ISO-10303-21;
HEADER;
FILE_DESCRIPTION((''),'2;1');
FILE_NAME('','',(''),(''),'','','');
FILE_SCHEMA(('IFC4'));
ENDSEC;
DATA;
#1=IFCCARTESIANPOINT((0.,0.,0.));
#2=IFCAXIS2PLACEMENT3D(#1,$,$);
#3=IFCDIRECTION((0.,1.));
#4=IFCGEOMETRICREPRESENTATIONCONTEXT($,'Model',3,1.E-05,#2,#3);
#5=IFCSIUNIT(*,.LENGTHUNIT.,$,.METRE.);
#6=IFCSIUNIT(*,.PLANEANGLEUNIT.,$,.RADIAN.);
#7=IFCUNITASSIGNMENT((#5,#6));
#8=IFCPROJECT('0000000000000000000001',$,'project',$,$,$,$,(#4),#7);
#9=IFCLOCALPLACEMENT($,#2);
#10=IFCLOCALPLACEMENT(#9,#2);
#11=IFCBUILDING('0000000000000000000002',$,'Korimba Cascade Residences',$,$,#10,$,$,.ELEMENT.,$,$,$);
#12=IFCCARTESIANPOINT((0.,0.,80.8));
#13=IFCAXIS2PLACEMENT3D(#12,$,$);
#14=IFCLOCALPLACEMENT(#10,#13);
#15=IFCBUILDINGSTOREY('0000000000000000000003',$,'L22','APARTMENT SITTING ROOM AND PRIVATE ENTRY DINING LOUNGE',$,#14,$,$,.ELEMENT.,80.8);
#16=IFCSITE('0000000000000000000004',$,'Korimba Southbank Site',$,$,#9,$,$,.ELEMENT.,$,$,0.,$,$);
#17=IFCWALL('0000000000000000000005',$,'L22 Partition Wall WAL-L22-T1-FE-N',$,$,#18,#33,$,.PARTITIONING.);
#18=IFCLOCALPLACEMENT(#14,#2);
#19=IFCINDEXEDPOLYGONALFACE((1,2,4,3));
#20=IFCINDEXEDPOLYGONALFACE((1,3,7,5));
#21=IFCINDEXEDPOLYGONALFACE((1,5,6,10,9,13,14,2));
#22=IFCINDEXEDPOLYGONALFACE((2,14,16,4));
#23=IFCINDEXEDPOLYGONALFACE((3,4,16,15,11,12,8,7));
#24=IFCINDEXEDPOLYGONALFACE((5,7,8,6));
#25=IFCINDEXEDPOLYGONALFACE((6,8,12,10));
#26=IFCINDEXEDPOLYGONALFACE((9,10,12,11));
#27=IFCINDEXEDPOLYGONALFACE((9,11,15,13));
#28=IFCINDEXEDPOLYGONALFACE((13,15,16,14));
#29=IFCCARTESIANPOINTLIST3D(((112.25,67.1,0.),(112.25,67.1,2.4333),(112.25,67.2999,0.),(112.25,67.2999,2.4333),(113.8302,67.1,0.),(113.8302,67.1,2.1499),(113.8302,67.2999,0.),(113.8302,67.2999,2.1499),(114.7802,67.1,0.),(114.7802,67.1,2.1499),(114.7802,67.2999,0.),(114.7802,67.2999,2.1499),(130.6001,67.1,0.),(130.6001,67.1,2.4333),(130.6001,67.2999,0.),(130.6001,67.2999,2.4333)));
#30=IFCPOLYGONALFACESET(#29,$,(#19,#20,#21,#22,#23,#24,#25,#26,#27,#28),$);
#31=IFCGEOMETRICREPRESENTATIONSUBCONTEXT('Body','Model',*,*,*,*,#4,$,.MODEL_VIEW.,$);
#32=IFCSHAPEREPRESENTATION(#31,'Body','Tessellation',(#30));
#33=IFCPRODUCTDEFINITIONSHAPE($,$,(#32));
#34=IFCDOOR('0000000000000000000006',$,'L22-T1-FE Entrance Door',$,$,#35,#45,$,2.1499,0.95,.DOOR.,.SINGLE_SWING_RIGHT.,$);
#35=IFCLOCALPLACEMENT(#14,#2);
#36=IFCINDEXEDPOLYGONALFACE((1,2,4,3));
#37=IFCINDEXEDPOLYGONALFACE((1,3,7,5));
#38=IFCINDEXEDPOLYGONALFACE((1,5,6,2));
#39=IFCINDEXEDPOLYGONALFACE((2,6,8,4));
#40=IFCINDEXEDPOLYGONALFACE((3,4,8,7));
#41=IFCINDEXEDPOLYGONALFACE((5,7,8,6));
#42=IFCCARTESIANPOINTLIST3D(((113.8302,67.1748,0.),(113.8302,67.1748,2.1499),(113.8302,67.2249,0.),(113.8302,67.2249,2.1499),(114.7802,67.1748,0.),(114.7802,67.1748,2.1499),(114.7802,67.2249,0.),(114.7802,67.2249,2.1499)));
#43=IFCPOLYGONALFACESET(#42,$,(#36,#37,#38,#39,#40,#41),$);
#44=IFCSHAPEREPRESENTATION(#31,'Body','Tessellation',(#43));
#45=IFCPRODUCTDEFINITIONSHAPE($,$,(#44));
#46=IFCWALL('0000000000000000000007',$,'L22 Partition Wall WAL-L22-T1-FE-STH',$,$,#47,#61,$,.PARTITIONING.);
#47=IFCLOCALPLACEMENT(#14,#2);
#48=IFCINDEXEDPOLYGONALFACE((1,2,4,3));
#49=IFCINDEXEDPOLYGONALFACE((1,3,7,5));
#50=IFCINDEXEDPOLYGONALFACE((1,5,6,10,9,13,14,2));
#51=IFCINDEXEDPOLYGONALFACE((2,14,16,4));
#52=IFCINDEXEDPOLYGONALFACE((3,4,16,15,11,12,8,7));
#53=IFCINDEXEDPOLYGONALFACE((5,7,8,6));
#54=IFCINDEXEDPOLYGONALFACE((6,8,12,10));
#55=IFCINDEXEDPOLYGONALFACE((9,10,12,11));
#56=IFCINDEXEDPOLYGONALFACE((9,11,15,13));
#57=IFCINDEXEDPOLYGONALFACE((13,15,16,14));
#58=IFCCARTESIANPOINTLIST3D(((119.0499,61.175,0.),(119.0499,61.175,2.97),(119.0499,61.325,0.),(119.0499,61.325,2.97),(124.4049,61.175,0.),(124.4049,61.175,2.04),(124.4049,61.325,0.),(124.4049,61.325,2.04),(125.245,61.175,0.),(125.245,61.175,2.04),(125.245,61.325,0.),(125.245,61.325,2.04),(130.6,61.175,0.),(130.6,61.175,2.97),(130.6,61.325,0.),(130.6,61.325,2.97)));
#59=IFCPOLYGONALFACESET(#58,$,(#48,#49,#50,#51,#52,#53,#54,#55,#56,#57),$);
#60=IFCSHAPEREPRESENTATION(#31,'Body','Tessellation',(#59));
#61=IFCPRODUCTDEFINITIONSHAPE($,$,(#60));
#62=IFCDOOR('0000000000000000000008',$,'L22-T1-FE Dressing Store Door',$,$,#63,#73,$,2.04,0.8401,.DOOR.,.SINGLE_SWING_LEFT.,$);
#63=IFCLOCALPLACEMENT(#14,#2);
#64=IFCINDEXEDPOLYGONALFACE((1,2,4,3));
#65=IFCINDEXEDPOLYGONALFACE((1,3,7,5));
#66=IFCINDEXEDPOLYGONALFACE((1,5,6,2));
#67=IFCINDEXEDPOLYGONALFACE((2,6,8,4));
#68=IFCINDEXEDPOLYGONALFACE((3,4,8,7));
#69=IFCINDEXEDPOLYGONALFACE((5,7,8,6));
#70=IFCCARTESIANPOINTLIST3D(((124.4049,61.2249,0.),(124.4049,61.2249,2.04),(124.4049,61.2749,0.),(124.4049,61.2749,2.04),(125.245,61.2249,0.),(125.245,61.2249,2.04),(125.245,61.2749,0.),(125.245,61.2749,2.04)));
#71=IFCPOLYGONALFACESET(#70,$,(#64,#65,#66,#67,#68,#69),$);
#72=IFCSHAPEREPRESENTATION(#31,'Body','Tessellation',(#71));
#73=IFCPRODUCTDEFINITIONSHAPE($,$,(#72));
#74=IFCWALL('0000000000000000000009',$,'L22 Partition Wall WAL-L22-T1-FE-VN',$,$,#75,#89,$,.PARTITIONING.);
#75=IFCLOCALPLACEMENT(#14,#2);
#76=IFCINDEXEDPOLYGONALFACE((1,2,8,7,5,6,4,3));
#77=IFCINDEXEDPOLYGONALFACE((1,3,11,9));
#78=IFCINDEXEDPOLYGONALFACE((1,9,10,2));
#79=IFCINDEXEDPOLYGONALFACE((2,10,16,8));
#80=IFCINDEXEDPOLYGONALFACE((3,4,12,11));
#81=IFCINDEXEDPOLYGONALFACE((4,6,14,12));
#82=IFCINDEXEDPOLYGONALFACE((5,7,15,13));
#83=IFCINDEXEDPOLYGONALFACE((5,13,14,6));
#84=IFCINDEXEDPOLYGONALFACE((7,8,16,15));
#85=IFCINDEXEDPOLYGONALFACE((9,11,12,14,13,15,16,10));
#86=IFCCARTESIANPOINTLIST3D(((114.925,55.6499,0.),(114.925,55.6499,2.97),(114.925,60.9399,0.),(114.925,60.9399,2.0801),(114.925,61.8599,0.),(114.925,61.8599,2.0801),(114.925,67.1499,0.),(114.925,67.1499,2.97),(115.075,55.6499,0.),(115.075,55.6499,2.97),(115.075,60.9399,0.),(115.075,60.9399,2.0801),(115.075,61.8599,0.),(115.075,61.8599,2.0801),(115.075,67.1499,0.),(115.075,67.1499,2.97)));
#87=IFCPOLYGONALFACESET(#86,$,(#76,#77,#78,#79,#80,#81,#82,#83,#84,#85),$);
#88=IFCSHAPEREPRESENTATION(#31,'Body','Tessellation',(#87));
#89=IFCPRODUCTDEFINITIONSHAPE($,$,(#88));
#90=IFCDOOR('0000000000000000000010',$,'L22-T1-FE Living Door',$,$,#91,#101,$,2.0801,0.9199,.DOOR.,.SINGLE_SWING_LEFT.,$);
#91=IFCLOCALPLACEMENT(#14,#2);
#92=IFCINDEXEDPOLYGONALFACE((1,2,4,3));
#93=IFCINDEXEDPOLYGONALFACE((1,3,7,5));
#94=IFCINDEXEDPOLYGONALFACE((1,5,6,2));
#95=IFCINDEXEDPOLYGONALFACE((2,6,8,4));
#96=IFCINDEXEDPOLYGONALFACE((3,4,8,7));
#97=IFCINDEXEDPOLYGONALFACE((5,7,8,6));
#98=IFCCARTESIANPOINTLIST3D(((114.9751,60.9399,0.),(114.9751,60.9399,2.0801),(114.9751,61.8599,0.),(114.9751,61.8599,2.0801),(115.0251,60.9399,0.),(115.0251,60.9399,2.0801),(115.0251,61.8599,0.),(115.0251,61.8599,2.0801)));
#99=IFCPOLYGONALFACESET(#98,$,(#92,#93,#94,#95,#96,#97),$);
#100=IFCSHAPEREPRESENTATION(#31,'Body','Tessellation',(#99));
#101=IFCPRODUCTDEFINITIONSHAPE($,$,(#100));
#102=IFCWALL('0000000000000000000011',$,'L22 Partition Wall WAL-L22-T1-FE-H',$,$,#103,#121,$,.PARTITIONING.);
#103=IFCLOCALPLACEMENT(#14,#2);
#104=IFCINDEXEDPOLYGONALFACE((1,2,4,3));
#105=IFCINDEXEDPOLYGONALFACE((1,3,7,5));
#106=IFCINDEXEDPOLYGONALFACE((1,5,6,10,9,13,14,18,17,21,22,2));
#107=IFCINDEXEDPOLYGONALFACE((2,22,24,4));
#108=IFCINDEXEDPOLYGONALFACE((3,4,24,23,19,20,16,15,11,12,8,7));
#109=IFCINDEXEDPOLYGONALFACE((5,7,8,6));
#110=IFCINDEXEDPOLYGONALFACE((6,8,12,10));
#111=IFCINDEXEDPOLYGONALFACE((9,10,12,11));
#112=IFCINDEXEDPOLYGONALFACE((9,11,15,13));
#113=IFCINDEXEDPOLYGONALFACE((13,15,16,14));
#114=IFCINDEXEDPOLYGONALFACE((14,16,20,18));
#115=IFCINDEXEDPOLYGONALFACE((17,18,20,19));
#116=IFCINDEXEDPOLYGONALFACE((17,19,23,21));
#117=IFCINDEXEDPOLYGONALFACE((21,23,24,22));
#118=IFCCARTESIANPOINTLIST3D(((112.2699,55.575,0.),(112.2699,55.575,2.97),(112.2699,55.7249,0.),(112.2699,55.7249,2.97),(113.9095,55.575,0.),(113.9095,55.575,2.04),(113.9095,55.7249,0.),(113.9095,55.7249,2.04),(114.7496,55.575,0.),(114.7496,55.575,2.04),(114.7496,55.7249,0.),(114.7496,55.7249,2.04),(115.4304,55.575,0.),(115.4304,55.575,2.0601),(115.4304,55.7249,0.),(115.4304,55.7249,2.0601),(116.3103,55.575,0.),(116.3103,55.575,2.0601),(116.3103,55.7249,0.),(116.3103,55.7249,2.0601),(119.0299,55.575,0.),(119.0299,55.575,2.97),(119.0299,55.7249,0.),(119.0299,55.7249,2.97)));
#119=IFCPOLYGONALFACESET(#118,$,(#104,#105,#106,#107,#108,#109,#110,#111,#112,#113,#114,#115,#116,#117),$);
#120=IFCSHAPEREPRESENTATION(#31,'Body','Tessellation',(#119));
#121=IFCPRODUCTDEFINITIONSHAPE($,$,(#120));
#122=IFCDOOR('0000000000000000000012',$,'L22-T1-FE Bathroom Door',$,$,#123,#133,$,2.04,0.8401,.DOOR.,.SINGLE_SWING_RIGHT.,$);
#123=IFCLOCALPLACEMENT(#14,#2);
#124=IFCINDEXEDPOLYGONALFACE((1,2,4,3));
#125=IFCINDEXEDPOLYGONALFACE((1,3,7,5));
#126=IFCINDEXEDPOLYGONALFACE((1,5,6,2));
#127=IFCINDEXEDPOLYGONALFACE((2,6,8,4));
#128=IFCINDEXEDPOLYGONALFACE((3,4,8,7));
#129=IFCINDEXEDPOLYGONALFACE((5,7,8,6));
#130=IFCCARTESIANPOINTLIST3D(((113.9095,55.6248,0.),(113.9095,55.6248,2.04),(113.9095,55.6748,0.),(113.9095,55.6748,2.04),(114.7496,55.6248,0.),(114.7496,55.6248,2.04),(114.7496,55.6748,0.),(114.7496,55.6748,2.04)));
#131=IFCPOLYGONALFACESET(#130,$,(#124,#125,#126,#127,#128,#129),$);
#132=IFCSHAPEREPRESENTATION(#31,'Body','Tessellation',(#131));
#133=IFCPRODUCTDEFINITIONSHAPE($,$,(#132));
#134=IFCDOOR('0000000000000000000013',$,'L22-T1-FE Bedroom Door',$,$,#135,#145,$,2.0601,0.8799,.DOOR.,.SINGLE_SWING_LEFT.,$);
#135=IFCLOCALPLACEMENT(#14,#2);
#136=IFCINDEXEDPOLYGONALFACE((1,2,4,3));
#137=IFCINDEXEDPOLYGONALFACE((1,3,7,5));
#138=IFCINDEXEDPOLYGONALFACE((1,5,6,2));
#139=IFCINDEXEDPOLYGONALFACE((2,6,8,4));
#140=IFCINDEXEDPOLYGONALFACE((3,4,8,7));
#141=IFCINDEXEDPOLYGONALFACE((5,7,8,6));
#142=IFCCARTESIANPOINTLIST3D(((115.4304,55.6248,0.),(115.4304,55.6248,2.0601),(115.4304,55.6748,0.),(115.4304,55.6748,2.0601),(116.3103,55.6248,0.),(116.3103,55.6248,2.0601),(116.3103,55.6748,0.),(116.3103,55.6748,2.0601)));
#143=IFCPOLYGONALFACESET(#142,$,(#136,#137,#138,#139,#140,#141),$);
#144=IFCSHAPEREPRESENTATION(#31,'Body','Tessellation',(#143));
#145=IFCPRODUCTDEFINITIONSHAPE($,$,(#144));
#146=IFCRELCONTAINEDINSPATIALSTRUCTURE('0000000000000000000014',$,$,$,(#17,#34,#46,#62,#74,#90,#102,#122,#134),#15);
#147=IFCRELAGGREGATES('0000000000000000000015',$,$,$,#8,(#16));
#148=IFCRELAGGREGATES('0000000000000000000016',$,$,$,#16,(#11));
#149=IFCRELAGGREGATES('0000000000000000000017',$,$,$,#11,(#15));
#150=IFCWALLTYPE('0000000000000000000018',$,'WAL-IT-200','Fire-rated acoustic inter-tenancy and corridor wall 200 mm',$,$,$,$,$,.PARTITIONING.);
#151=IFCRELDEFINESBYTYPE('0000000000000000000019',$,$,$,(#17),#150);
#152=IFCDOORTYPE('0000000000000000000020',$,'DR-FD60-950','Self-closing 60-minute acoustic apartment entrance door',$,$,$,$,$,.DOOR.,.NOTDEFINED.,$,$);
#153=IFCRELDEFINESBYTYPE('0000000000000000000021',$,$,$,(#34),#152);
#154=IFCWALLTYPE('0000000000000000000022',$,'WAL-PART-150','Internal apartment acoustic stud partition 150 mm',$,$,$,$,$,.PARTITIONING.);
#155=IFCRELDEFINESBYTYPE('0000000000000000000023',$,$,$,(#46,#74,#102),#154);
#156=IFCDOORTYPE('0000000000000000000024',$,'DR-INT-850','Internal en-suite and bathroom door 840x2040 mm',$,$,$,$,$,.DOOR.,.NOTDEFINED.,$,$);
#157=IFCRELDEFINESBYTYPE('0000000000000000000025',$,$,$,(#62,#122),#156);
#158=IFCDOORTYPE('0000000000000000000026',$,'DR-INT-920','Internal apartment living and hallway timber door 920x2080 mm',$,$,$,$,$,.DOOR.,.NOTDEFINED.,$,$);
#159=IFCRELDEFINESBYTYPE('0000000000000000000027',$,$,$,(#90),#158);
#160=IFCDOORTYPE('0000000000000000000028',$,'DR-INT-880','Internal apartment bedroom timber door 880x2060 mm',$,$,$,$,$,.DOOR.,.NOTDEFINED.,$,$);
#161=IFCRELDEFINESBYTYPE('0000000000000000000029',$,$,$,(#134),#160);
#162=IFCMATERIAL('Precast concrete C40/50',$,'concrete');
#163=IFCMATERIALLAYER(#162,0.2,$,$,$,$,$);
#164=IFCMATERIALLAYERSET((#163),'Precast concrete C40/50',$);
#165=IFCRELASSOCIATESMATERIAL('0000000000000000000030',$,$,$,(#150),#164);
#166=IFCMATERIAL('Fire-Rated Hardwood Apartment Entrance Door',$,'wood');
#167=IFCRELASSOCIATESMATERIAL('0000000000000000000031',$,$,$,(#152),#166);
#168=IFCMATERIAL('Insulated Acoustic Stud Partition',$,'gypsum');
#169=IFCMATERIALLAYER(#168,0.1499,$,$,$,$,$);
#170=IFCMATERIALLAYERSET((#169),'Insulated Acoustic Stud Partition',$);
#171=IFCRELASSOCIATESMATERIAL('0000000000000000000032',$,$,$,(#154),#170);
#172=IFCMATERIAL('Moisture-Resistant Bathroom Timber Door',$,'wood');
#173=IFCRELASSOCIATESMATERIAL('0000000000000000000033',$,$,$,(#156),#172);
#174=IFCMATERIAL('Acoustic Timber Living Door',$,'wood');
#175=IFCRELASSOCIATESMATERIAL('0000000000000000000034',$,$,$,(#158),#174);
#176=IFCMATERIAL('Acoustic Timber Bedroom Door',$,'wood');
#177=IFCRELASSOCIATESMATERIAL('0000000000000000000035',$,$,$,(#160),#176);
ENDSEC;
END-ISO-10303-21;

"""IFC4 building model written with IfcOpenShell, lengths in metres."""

from ifc_helpers import new_model, si_unit, direction, frame, frame_2d, origin, place, context, subcontext, project, spatial, rectangle, extrude, material, layer, layer_set, type_object, element, fill, save


model = new_model("IFC4")

# Units and contexts
model_context = context("Model", 3, precision=1e-05, world=origin(), true_north=direction((0.0, 1.0)))
body_context = subcontext(model_context, "Body", "Model", "MODEL_VIEW")
ifc_project = project(units=[si_unit("LENGTHUNIT", "METRE"), si_unit("PLANEANGLEUNIT", "RADIAN")], contexts=[model_context])

# Site, building, storey
site_placement = place(None, origin())
site = spatial("IfcSite", under=ifc_project, at=site_placement, Name="Korimba Southbank Site", CompositionType="ELEMENT", RefElevation=0.0)
building_placement = place(site_placement, origin())
building = spatial("IfcBuilding", under=site, at=building_placement, Name="Korimba Cascade Residences", CompositionType="ELEMENT")
storey_placement = place(building_placement, frame((0.0, 0.0, 80.8)))
storey = spatial("IfcBuildingStorey", under=building, at=storey_placement, Name="L22", Description="APARTMENT SITTING ROOM AND PRIVATE ENTRY DINING LOUNGE", CompositionType="ELEMENT", Elevation=80.8)

# Walls, openings, doors
ifc_material_1 = material(Name="Precast concrete C40/50", Category="concrete")
ifc_layer_1 = layer(ifc_material_1, 0.2)
ifc_layer_set_1 = layer_set([ifc_layer_1], Name="Precast concrete C40/50")
wall_type_1 = type_object("IfcWallType", Name="WAL-IT-200", Description="Fire-rated acoustic inter-tenancy and corridor wall 200 mm", PredefinedType="PARTITIONING", material=ifc_layer_set_1)
wall_1_placement = place(storey_placement, frame((112.25, 67.2, 0.0), z_axis=(0.0, 0.0, 1.0), x_axis=(1.0, 0.0, 0.0)))
wall_1 = element("IfcWall", 1, at=wall_1_placement, inside=storey, type_object=wall_type_1, Name="L22 Partition Wall WAL-L22-T1-FE-N", PredefinedType="PARTITIONING", context=body_context, shape_type="SweptSolid", body=[
    extrude(rectangle(XDim=18.3501, YDim=0.2, at=frame_2d((9.175, 0.0))), origin(), (0.0, 0.0, 1.0), 2.4333),
])
opening_1_placement = place(wall_1_placement, frame((1.5801, 0.0, 0.0)))
opening_1 = element("IfcOpeningElement", 2, at=opening_1_placement, cuts=wall_1, PredefinedType="OPENING", context=body_context, shape_type="SweptSolid", body=[
    extrude(rectangle(XDim=0.95, YDim=2.1499, at=frame_2d((0.4751, 1.075))), frame((0.0, 0.1099, 0.0), z_axis=(0.0, -1.0, 0.0), x_axis=(1.0, 0.0, 0.0)), (0.0, 0.0, 1.0), 0.22),
])
ifc_material_2 = material(Name="Fire-Rated Hardwood Apartment Entrance Door", Category="wood")
door_type_1 = type_object("IfcDoorType", Name="DR-FD60-950", Description="Self-closing 60-minute acoustic apartment entrance door", OperationType="NOTDEFINED", PredefinedType="DOOR", material=ifc_material_2)
door_1_placement = place(opening_1_placement, origin())
door_1 = element("IfcDoor", 3, at=door_1_placement, inside=storey, type_object=door_type_1, Name="L22-T1-FE Entrance Door", OperationType="SINGLE_SWING_RIGHT", OverallHeight=2.1499, OverallWidth=0.95, PredefinedType="DOOR", context=body_context, shape_type="SweptSolid", body=[
    extrude(rectangle(XDim=0.95, YDim=2.1499, at=frame_2d((0.4751, 1.075))), frame((0.0, 0.0249, 0.0), z_axis=(0.0, -1.0, 0.0), x_axis=(1.0, 0.0, 0.0)), (0.0, 0.0, 1.0), 0.05),
])
fill(opening_1, door_1)
ifc_material_3 = material(Name="Insulated Acoustic Stud Partition", Category="gypsum")
ifc_layer_2 = layer(ifc_material_3, 0.1499)
ifc_layer_set_2 = layer_set([ifc_layer_2], Name="Insulated Acoustic Stud Partition")
wall_type_2 = type_object("IfcWallType", Name="WAL-PART-150", Description="Internal apartment acoustic stud partition 150 mm", PredefinedType="PARTITIONING", material=ifc_layer_set_2)
wall_2_placement = place(storey_placement, frame((119.05, 61.25, 0.0), z_axis=(0.0, 0.0, 1.0), x_axis=(1.0, 0.0, 0.0)))
wall_2 = element("IfcWall", 4, at=wall_2_placement, inside=storey, type_object=wall_type_2, Name="L22 Partition Wall WAL-L22-T1-FE-STH", PredefinedType="PARTITIONING", context=body_context, shape_type="SweptSolid", body=[
    extrude(rectangle(XDim=11.55, YDim=0.1499, at=frame_2d((5.7749, 0.0))), origin(), (0.0, 0.0, 1.0), 2.97),
])
opening_2_placement = place(wall_2_placement, frame((5.355, 0.0, 0.0)))
opening_2 = element("IfcOpeningElement", 5, at=opening_2_placement, cuts=wall_2, PredefinedType="OPENING", context=body_context, shape_type="SweptSolid", body=[
    extrude(rectangle(XDim=0.8401, YDim=2.04, at=frame_2d((0.4199, 1.02))), frame((0.0, 0.085, 0.0), z_axis=(0.0, -1.0, 0.0), x_axis=(1.0, 0.0, 0.0)), (0.0, 0.0, 1.0), 0.1699),
])
ifc_material_4 = material(Name="Moisture-Resistant Bathroom Timber Door", Category="wood")
door_type_2 = type_object("IfcDoorType", Name="DR-INT-850", Description="Internal en-suite and bathroom door 840x2040 mm", OperationType="NOTDEFINED", PredefinedType="DOOR", material=ifc_material_4)
door_2_placement = place(opening_2_placement, origin())
door_2 = element("IfcDoor", 6, at=door_2_placement, inside=storey, type_object=door_type_2, Name="L22-T1-FE Dressing Store Door", OperationType="SINGLE_SWING_LEFT", OverallHeight=2.04, OverallWidth=0.8401, PredefinedType="DOOR", context=body_context, shape_type="SweptSolid", body=[
    extrude(rectangle(XDim=0.8401, YDim=2.04, at=frame_2d((0.4199, 1.02))), frame((0.0, 0.0249, 0.0), z_axis=(0.0, -1.0, 0.0), x_axis=(1.0, 0.0, 0.0)), (0.0, 0.0, 1.0), 0.05),
])
fill(opening_2, door_2)
wall_3_placement = place(storey_placement, frame((115.0, 55.6499, 0.0), z_axis=(0.0, 0.0, 1.0), x_axis=(0.0, 1.0, 0.0)))
wall_3 = element("IfcWall", 7, at=wall_3_placement, inside=storey, type_object=wall_type_2, Name="L22 Partition Wall WAL-L22-T1-FE-VN", PredefinedType="PARTITIONING", context=body_context, shape_type="SweptSolid", body=[
    extrude(rectangle(XDim=11.5, YDim=0.1499, at=frame_2d((5.75, 0.0))), origin(), (0.0, 0.0, 1.0), 2.97),
])
opening_3_placement = place(wall_3_placement, frame((5.29, 0.0, 0.0)))
opening_3 = element("IfcOpeningElement", 8, at=opening_3_placement, cuts=wall_3, PredefinedType="OPENING", context=body_context, shape_type="SweptSolid", body=[
    extrude(rectangle(XDim=0.9199, YDim=2.0801, at=frame_2d((0.46, 1.04))), frame((0.0, 0.085, 0.0), z_axis=(0.0, -1.0, 0.0), x_axis=(1.0, 0.0, 0.0)), (0.0, 0.0, 1.0), 0.1699),
])
ifc_material_5 = material(Name="Acoustic Timber Living Door", Category="wood")
door_type_3 = type_object("IfcDoorType", Name="DR-INT-920", Description="Internal apartment living and hallway timber door 920x2080 mm", OperationType="NOTDEFINED", PredefinedType="DOOR", material=ifc_material_5)
door_3_placement = place(opening_3_placement, origin())
door_3 = element("IfcDoor", 9, at=door_3_placement, inside=storey, type_object=door_type_3, Name="L22-T1-FE Living Door", OperationType="SINGLE_SWING_LEFT", OverallHeight=2.0801, OverallWidth=0.9199, PredefinedType="DOOR", context=body_context, shape_type="SweptSolid", body=[
    extrude(rectangle(XDim=0.9199, YDim=2.0801, at=frame_2d((0.46, 1.04))), frame((0.0, 0.0249, 0.0), z_axis=(0.0, -1.0, 0.0), x_axis=(1.0, 0.0, 0.0)), (0.0, 0.0, 1.0), 0.05),
])
fill(opening_3, door_3)

# Wall, openings, doors
wall_4_placement = place(storey_placement, frame((112.27, 55.6499, 0.0), z_axis=(0.0, 0.0, 1.0), x_axis=(1.0, 0.0, 0.0)))
wall_4 = element("IfcWall", 10, at=wall_4_placement, inside=storey, type_object=wall_type_2, Name="L22 Partition Wall WAL-L22-T1-FE-H", PredefinedType="PARTITIONING", context=body_context, shape_type="SweptSolid", body=[
    extrude(rectangle(XDim=6.76, YDim=0.1499, at=frame_2d((3.3799, 0.0))), origin(), (0.0, 0.0, 1.0), 2.97),
])
opening_4_placement = place(wall_4_placement, frame((1.6396, 0.0, 0.0)))
opening_4 = element("IfcOpeningElement", 11, at=opening_4_placement, cuts=wall_4, PredefinedType="OPENING", context=body_context, shape_type="SweptSolid", body=[
    extrude(rectangle(XDim=0.8401, YDim=2.04, at=frame_2d((0.4199, 1.02))), frame((0.0, 0.085, 0.0), z_axis=(0.0, -1.0, 0.0), x_axis=(1.0, 0.0, 0.0)), (0.0, 0.0, 1.0), 0.1699),
])
opening_5_placement = place(wall_4_placement, frame((3.1604, 0.0, 0.0)))
opening_5 = element("IfcOpeningElement", 12, at=opening_5_placement, cuts=wall_4, PredefinedType="OPENING", context=body_context, shape_type="SweptSolid", body=[
    extrude(rectangle(XDim=0.8799, YDim=2.0601, at=frame_2d((0.4399, 1.03))), frame((0.0, 0.085, 0.0), z_axis=(0.0, -1.0, 0.0), x_axis=(1.0, 0.0, 0.0)), (0.0, 0.0, 1.0), 0.1699),
])
door_4_placement = place(opening_4_placement, origin())
door_4 = element("IfcDoor", 13, at=door_4_placement, inside=storey, type_object=door_type_2, Name="L22-T1-FE Bathroom Door", OperationType="SINGLE_SWING_RIGHT", OverallHeight=2.04, OverallWidth=0.8401, PredefinedType="DOOR", context=body_context, shape_type="SweptSolid", body=[
    extrude(rectangle(XDim=0.8401, YDim=2.04, at=frame_2d((0.4199, 1.02))), frame((0.0, 0.0249, 0.0), z_axis=(0.0, -1.0, 0.0), x_axis=(1.0, 0.0, 0.0)), (0.0, 0.0, 1.0), 0.05),
])
fill(opening_4, door_4)
ifc_material_6 = material(Name="Acoustic Timber Bedroom Door", Category="wood")
door_type_4 = type_object("IfcDoorType", Name="DR-INT-880", Description="Internal apartment bedroom timber door 880x2060 mm", OperationType="NOTDEFINED", PredefinedType="DOOR", material=ifc_material_6)
door_5_placement = place(opening_5_placement, origin())
door_5 = element("IfcDoor", 14, at=door_5_placement, inside=storey, type_object=door_type_4, Name="L22-T1-FE Bedroom Door", OperationType="SINGLE_SWING_LEFT", OverallHeight=2.0601, OverallWidth=0.8799, PredefinedType="DOOR", context=body_context, shape_type="SweptSolid", body=[
    extrude(rectangle(XDim=0.8799, YDim=2.0601, at=frame_2d((0.4399, 1.03))), frame((0.0, 0.0249, 0.0), z_axis=(0.0, -1.0, 0.0), x_axis=(1.0, 0.0, 0.0)), (0.0, 0.0, 1.0), 0.05),
])
fill(opening_5, door_5)

save(model, "model.ifc")
